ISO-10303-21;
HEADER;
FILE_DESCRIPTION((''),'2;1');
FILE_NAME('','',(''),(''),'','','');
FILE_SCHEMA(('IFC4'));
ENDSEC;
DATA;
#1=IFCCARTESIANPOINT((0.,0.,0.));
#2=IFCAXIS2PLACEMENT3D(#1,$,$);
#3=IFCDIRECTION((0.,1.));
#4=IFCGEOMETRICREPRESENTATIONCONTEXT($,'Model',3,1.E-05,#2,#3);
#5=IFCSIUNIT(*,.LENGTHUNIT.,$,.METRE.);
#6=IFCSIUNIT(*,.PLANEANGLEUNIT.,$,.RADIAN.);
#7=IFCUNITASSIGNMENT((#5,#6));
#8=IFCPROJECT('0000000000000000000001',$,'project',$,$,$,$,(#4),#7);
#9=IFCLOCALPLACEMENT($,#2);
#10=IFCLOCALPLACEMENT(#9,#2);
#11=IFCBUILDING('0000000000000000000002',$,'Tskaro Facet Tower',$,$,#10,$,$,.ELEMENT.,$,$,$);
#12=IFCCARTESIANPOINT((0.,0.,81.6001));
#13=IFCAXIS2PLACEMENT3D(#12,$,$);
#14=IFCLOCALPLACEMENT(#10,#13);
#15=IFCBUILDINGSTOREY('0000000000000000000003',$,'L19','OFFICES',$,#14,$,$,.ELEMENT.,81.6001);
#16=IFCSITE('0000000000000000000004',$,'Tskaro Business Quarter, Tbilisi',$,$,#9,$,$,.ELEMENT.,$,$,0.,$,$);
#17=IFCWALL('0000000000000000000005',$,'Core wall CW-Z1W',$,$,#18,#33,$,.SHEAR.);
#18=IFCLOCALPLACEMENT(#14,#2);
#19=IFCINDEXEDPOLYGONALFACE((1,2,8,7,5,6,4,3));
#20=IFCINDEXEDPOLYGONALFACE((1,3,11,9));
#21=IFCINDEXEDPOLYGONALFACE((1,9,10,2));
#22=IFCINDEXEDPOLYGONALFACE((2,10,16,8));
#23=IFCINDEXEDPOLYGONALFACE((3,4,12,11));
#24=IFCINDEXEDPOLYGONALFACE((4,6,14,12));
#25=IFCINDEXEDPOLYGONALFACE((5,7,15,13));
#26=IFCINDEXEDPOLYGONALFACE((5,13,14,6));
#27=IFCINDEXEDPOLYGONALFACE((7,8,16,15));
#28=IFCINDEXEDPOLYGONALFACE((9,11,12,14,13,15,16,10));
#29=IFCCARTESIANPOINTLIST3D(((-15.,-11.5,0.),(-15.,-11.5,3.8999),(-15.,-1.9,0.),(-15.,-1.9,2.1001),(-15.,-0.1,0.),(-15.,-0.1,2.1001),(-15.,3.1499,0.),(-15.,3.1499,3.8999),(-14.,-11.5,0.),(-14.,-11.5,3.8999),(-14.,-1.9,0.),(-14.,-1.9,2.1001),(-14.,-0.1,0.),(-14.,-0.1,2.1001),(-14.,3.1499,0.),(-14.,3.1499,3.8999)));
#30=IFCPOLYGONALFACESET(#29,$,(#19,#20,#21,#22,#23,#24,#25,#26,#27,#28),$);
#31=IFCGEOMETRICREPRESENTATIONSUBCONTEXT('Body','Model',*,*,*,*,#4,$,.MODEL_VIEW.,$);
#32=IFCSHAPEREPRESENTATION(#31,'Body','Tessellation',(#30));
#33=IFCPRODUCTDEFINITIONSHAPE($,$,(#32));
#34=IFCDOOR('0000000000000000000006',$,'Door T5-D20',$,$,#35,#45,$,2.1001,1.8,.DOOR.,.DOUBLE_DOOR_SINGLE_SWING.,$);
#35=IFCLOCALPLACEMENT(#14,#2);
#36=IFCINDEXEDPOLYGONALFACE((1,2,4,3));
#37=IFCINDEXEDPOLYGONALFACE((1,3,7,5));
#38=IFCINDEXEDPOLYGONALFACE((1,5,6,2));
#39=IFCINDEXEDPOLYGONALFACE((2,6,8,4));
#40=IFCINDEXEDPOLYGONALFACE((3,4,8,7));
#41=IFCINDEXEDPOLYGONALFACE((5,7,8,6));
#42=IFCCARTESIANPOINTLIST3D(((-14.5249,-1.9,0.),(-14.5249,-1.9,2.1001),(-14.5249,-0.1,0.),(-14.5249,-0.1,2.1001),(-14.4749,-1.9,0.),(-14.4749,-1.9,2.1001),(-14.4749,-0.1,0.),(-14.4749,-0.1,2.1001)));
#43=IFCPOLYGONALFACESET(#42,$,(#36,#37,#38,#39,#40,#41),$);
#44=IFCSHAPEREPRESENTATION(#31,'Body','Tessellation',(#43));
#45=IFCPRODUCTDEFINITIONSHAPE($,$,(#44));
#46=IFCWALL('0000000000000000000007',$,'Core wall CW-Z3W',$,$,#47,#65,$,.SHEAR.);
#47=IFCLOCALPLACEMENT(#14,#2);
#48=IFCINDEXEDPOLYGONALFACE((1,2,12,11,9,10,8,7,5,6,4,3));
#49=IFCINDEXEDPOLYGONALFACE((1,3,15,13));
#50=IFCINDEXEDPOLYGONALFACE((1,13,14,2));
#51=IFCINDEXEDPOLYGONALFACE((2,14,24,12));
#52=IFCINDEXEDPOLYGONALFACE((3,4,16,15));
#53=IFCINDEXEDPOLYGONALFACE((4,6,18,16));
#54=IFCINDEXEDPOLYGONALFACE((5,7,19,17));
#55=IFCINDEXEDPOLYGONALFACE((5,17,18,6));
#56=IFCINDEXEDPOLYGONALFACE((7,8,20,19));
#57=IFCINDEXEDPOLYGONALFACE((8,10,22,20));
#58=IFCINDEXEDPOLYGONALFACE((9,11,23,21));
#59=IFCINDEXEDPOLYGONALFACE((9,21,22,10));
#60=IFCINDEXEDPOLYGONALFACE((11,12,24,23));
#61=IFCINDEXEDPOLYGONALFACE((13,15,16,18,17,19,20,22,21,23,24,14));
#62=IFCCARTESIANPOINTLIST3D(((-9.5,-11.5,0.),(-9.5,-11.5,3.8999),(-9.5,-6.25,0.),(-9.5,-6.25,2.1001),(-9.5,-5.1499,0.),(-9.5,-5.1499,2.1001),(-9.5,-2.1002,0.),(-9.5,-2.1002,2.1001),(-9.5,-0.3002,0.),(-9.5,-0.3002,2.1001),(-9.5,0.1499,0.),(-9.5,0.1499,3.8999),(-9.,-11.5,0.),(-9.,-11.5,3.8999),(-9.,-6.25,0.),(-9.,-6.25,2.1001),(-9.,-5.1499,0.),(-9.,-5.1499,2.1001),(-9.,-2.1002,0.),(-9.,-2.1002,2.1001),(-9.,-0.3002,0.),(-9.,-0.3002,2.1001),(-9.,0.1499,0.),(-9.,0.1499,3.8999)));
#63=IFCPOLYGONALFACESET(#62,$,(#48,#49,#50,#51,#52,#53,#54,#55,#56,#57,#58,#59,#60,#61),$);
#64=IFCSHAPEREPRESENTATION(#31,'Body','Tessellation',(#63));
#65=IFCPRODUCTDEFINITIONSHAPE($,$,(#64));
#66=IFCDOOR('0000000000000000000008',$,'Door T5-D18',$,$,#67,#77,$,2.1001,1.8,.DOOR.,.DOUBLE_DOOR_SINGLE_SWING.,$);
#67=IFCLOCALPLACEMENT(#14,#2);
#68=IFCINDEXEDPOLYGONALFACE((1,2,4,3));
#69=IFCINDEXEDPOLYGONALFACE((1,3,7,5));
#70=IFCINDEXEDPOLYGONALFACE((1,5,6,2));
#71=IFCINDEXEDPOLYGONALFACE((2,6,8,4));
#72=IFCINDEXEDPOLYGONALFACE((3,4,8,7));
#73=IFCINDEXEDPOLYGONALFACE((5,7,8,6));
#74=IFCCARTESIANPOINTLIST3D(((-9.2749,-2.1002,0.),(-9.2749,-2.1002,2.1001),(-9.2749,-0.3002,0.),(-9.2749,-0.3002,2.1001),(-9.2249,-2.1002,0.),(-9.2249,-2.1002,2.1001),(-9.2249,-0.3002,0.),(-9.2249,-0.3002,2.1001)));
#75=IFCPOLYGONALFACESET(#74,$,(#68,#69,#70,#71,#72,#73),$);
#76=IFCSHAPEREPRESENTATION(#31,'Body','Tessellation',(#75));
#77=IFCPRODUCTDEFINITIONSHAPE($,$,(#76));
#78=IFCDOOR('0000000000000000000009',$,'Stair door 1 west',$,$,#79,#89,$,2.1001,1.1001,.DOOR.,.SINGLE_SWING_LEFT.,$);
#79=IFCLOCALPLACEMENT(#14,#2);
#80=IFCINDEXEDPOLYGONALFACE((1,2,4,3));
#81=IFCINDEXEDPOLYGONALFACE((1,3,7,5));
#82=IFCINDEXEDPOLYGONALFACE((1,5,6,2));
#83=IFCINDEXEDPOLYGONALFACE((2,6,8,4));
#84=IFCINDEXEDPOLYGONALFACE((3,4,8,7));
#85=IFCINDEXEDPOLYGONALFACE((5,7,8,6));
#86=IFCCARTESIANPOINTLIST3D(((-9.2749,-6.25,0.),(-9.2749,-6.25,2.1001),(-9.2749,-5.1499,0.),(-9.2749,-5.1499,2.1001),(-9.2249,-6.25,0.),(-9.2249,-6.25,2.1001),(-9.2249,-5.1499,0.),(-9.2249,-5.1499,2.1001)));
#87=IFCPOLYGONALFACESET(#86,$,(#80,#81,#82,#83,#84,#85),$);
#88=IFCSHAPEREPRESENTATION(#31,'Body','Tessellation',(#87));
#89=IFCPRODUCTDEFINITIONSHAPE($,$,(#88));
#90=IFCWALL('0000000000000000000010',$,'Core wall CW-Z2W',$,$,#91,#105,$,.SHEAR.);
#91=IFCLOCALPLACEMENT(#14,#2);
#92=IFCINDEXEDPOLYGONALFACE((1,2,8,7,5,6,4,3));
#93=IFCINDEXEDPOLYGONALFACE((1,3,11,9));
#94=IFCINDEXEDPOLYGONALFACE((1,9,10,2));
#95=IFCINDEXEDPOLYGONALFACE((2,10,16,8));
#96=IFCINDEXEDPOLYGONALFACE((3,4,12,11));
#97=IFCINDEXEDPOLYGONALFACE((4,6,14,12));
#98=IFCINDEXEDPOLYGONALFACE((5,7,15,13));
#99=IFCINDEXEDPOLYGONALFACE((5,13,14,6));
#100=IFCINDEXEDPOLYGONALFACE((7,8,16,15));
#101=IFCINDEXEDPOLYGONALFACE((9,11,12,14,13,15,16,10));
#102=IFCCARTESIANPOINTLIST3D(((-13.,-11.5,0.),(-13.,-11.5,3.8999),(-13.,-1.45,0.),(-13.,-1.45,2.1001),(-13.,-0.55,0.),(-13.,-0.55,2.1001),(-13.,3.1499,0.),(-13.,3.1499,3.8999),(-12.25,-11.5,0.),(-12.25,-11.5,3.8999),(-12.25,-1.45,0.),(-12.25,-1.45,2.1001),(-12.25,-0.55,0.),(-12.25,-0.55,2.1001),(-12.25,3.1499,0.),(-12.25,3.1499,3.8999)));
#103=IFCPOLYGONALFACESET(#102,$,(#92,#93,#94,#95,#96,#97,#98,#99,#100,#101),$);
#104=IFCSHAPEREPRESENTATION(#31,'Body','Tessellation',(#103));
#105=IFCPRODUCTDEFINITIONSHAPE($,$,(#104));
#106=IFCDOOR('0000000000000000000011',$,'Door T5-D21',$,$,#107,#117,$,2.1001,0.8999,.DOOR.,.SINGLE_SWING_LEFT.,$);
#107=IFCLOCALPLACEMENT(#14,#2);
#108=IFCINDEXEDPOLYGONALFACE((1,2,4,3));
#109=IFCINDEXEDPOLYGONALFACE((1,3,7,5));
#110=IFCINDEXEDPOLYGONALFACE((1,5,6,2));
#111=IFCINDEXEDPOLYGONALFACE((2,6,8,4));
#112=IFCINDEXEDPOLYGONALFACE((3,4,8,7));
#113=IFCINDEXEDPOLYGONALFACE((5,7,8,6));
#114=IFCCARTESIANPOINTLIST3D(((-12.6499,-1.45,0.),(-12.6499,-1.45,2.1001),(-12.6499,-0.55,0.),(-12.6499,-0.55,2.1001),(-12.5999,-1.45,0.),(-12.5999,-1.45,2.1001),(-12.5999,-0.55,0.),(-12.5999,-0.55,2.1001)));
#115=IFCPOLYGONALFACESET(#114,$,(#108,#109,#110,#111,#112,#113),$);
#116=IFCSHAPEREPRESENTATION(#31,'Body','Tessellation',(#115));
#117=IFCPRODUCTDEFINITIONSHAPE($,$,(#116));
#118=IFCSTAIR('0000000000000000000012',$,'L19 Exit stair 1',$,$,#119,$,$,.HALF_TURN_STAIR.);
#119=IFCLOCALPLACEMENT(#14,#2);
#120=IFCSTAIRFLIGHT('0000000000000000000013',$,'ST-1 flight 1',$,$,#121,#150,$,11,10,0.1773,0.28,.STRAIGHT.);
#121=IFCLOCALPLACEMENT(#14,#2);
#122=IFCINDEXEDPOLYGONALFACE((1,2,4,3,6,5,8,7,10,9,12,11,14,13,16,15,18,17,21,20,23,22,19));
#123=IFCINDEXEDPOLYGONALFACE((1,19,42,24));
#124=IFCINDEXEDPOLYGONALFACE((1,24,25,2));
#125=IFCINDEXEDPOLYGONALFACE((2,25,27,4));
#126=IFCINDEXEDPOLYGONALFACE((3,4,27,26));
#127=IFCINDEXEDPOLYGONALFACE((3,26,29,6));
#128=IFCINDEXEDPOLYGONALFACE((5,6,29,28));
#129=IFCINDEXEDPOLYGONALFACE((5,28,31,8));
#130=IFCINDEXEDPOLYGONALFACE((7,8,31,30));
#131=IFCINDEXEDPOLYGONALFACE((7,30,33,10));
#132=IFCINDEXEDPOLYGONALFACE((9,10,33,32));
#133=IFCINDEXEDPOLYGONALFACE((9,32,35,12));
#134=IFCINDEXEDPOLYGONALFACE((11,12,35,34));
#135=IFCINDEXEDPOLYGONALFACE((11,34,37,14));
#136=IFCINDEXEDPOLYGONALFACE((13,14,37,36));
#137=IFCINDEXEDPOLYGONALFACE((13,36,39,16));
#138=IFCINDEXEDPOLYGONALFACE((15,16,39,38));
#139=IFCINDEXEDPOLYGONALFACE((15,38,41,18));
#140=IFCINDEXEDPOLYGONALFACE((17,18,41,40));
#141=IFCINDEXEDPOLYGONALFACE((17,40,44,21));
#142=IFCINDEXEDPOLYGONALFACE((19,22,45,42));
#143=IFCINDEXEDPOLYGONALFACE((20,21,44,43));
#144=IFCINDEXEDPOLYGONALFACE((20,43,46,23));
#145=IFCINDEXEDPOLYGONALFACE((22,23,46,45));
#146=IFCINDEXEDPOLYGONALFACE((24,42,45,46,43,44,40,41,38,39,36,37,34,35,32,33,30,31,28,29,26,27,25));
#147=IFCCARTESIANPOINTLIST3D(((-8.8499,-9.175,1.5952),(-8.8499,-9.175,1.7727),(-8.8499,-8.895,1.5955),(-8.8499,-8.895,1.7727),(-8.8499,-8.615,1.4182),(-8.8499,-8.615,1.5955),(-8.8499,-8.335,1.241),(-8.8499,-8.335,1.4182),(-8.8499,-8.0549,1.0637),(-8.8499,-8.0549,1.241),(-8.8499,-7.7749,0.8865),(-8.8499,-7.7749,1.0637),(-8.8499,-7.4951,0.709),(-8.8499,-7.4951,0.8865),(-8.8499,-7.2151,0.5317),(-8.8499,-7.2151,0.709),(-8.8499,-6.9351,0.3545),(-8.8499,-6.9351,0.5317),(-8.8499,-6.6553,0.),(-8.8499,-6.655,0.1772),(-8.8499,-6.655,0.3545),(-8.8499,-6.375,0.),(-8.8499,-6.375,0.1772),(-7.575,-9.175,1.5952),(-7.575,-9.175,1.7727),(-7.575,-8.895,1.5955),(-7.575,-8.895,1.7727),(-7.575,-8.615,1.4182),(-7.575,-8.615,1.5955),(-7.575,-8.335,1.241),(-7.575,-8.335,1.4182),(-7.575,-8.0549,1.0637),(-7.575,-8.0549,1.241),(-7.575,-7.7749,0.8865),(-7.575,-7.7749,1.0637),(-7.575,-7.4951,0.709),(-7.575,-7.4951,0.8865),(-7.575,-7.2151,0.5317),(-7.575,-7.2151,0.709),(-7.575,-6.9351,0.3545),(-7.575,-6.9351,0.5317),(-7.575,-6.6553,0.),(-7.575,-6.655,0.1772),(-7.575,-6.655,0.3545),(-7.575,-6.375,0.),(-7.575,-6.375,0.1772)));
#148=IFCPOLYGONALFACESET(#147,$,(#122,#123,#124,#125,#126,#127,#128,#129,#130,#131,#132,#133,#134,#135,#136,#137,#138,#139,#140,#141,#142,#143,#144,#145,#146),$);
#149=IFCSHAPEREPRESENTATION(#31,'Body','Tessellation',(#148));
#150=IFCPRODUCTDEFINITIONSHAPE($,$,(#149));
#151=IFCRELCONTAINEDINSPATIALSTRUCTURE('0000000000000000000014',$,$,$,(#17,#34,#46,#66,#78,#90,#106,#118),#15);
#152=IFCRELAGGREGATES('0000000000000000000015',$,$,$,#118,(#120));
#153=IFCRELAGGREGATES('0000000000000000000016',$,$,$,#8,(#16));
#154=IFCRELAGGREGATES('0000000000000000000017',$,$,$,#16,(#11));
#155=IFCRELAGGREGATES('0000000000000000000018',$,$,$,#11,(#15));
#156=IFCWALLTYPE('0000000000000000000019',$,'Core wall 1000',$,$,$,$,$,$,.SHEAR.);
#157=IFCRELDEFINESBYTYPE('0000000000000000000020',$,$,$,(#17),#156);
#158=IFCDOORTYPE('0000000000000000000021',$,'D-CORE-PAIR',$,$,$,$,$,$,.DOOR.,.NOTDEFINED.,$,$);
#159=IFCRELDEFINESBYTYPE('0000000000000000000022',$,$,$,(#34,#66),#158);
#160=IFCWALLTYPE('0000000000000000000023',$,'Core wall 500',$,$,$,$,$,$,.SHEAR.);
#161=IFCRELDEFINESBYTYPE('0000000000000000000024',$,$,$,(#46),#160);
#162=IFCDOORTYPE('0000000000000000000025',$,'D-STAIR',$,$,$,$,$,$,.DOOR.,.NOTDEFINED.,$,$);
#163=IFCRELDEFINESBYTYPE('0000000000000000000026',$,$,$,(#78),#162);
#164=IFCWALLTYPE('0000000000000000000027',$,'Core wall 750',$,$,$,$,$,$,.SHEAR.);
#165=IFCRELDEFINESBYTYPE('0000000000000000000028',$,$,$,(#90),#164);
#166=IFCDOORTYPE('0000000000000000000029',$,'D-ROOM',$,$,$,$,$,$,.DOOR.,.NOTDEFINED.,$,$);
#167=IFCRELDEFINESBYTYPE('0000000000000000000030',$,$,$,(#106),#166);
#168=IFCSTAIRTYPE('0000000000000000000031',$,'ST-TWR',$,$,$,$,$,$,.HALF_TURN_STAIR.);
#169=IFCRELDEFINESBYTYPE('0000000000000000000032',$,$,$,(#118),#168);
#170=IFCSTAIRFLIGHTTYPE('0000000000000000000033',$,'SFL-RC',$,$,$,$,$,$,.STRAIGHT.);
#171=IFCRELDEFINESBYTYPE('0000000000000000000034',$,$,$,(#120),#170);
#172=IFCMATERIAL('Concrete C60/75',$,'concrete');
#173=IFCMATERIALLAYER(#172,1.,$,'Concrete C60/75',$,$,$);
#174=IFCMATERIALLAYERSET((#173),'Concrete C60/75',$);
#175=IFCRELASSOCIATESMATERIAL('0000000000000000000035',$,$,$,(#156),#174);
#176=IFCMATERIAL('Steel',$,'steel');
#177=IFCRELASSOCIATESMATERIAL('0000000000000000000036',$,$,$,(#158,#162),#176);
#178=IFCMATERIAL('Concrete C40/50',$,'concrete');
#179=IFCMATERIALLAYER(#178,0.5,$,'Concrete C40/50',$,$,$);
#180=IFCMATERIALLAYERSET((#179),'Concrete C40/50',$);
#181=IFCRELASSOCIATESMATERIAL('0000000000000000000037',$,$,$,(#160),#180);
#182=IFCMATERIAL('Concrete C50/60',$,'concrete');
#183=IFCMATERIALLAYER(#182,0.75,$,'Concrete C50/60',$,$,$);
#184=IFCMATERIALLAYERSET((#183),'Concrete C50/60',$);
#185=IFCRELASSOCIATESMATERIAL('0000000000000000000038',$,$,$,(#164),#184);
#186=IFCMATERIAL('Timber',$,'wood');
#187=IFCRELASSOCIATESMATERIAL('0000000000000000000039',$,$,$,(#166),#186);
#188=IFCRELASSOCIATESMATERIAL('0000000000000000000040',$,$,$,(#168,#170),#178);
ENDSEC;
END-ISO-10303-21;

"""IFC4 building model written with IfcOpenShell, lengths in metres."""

from ifc_helpers import new_model, si_unit, direction, frame, frame_2d, origin, place, context, subcontext, project, spatial, polyline, rectangle, outline, extrude, material, layer, layer_set, type_object, element, fill, aggregate, save


model = new_model("IFC4")

# Units and contexts
model_context = context("Model", 3, precision=1e-05, world=origin(), true_north=direction((0.0, 1.0)))
body_context = subcontext(model_context, "Body", "Model", "MODEL_VIEW")
ifc_project = project(units=[si_unit("LENGTHUNIT", "METRE"), si_unit("PLANEANGLEUNIT", "RADIAN")], contexts=[model_context])

# Site, building, storey
site_placement = place(None, origin())
site = spatial("IfcSite", under=ifc_project, at=site_placement, Name="Tskaro Business Quarter, Tbilisi", CompositionType="ELEMENT", RefElevation=0.0)
building_placement = place(site_placement, origin())
building = spatial("IfcBuilding", under=site, at=building_placement, Name="Tskaro Facet Tower", CompositionType="ELEMENT")
storey_placement = place(building_placement, frame((0.0, 0.0, 81.6001)))
storey = spatial("IfcBuildingStorey", under=building, at=storey_placement, Name="L19", Description="OFFICES", CompositionType="ELEMENT", Elevation=81.6001)

# Shared definitions
ifc_material_1 = material(Name="Concrete C60/75", Category="concrete")

# Shared definitions
ifc_layer_1 = layer(ifc_material_1, 1.0, Name="Concrete C60/75")
ifc_layer_set_1 = layer_set([ifc_layer_1], Name="Concrete C60/75")
wall_type_1 = type_object("IfcWallType", Name="Core wall 1000", PredefinedType="SHEAR", material=ifc_layer_set_1)

# Wall, opening, door
wall_1_placement = place(storey_placement, frame((-14.5, -11.5, 0.0), z_axis=(0.0, 0.0, 1.0), x_axis=(0.0, 1.0, 0.0)))
wall_1 = element("IfcWall", 1, at=wall_1_placement, inside=storey, type_object=wall_type_1, Name="Core wall CW-Z1W", PredefinedType="SHEAR", context=body_context, shape_type="SweptSolid", body=[
    extrude(rectangle(XDim=14.6499, YDim=1.0, at=frame_2d((7.325, 0.0))), origin(), (0.0, 0.0, 1.0), 3.8999),
])
opening_1_placement = place(wall_1_placement, frame((9.6001, 0.0, 0.0)))
opening_1 = element("IfcOpeningElement", 2, at=opening_1_placement, cuts=wall_1, PredefinedType="OPENING", context=body_context, shape_type="SweptSolid", body=[
    extrude(rectangle(XDim=1.8, YDim=2.1001, at=frame_2d((0.8999, 1.05))), frame((0.0, 0.51, 0.0), z_axis=(0.0, -1.0, 0.0), x_axis=(1.0, 0.0, 0.0)), (0.0, 0.0, 1.0), 1.02),
])
ifc_material_2 = material(Name="Steel", Category="steel")
door_type_1 = type_object("IfcDoorType", Name="D-CORE-PAIR", OperationType="NOTDEFINED", PredefinedType="DOOR", material=ifc_material_2)
door_1_placement = place(opening_1_placement, origin())
door_1 = element("IfcDoor", 3, at=door_1_placement, inside=storey, type_object=door_type_1, Name="Door T5-D20", OperationType="DOUBLE_DOOR_SINGLE_SWING", OverallHeight=2.1001, OverallWidth=1.8, PredefinedType="DOOR", context=body_context, shape_type="SweptSolid", body=[
    extrude(rectangle(XDim=1.8, YDim=2.1001, at=frame_2d((0.8999, 1.05))), frame((0.0, 0.0249, 0.0), z_axis=(0.0, -1.0, 0.0), x_axis=(1.0, 0.0, 0.0)), (0.0, 0.0, 1.0), 0.05),
])
fill(opening_1, door_1)

# Wall, openings, doors
ifc_material_3 = material(Name="Concrete C40/50", Category="concrete")
ifc_layer_2 = layer(ifc_material_3, 0.5, Name="Concrete C40/50")
ifc_layer_set_2 = layer_set([ifc_layer_2], Name="Concrete C40/50")
wall_type_2 = type_object("IfcWallType", Name="Core wall 500", PredefinedType="SHEAR", material=ifc_layer_set_2)
wall_2_placement = place(storey_placement, frame((-9.25, -11.5, 0.0), z_axis=(0.0, 0.0, 1.0), x_axis=(0.0, 1.0, 0.0)))
wall_2 = element("IfcWall", 4, at=wall_2_placement, inside=storey, type_object=wall_type_2, Name="Core wall CW-Z3W", PredefinedType="SHEAR", context=body_context, shape_type="SweptSolid", body=[
    extrude(rectangle(XDim=11.6499, YDim=0.5, at=frame_2d((5.825, 0.0))), origin(), (0.0, 0.0, 1.0), 3.8999),
])
opening_2_placement = place(wall_2_placement, frame((9.3999, 0.0, 0.0)))
opening_2 = element("IfcOpeningElement", 5, at=opening_2_placement, cuts=wall_2, PredefinedType="OPENING", context=body_context, shape_type="SweptSolid", body=[
    extrude(rectangle(XDim=1.8, YDim=2.1001, at=frame_2d((0.8999, 1.05))), frame((0.0, 0.26, 0.0), z_axis=(0.0, -1.0, 0.0), x_axis=(1.0, 0.0, 0.0)), (0.0, 0.0, 1.0), 0.52),
])
opening_3_placement = place(wall_2_placement, frame((5.25, 0.0, 0.0)))
opening_3 = element("IfcOpeningElement", 6, at=opening_3_placement, cuts=wall_2, PredefinedType="OPENING", context=body_context, shape_type="SweptSolid", body=[
    extrude(rectangle(XDim=1.1001, YDim=2.1001, at=frame_2d((0.55, 1.05))), frame((0.0, 0.26, 0.0), z_axis=(0.0, -1.0, 0.0), x_axis=(1.0, 0.0, 0.0)), (0.0, 0.0, 1.0), 0.52),
])
door_2_placement = place(opening_2_placement, origin())
door_2 = element("IfcDoor", 7, at=door_2_placement, inside=storey, type_object=door_type_1, Name="Door T5-D18", OperationType="DOUBLE_DOOR_SINGLE_SWING", OverallHeight=2.1001, OverallWidth=1.8, PredefinedType="DOOR", context=body_context, shape_type="SweptSolid", body=[
    extrude(rectangle(XDim=1.8, YDim=2.1001, at=frame_2d((0.8999, 1.05))), frame((0.0, 0.0249, 0.0), z_axis=(0.0, -1.0, 0.0), x_axis=(1.0, 0.0, 0.0)), (0.0, 0.0, 1.0), 0.05),
])
fill(opening_2, door_2)
door_type_2 = type_object("IfcDoorType", Name="D-STAIR", OperationType="NOTDEFINED", PredefinedType="DOOR", material=ifc_material_2)
door_3_placement = place(opening_3_placement, origin())
door_3 = element("IfcDoor", 8, at=door_3_placement, inside=storey, type_object=door_type_2, Name="Stair door 1 west", OperationType="SINGLE_SWING_LEFT", OverallHeight=2.1001, OverallWidth=1.1001, PredefinedType="DOOR", context=body_context, shape_type="SweptSolid", body=[
    extrude(rectangle(XDim=1.1001, YDim=2.1001, at=frame_2d((0.55, 1.05))), frame((0.0, 0.0249, 0.0), z_axis=(0.0, -1.0, 0.0), x_axis=(1.0, 0.0, 0.0)), (0.0, 0.0, 1.0), 0.05),
])
fill(opening_3, door_3)

# Wall, opening, door
ifc_material_4 = material(Name="Concrete C50/60", Category="concrete")
ifc_layer_3 = layer(ifc_material_4, 0.75, Name="Concrete C50/60")
ifc_layer_set_3 = layer_set([ifc_layer_3], Name="Concrete C50/60")
wall_type_3 = type_object("IfcWallType", Name="Core wall 750", PredefinedType="SHEAR", material=ifc_layer_set_3)
wall_3_placement = place(storey_placement, frame((-12.625, -11.5, 0.0), z_axis=(0.0, 0.0, 1.0), x_axis=(0.0, 1.0, 0.0)))
wall_3 = element("IfcWall", 9, at=wall_3_placement, inside=storey, type_object=wall_type_3, Name="Core wall CW-Z2W", PredefinedType="SHEAR", context=body_context, shape_type="SweptSolid", body=[
    extrude(rectangle(XDim=14.6499, YDim=0.75, at=frame_2d((7.325, 0.0))), origin(), (0.0, 0.0, 1.0), 3.8999),
])
opening_4_placement = place(wall_3_placement, frame((10.05, 0.0, 0.0)))
opening_4 = element("IfcOpeningElement", 10, at=opening_4_placement, cuts=wall_3, PredefinedType="OPENING", context=body_context, shape_type="SweptSolid", body=[
    extrude(rectangle(XDim=0.8999, YDim=2.1001, at=frame_2d((0.45, 1.05))), frame((0.0, 0.385, 0.0), z_axis=(0.0, -1.0, 0.0), x_axis=(1.0, 0.0, 0.0)), (0.0, 0.0, 1.0), 0.77),
])
ifc_material_5 = material(Name="Timber", Category="wood")
door_type_3 = type_object("IfcDoorType", Name="D-ROOM", OperationType="NOTDEFINED", PredefinedType="DOOR", material=ifc_material_5)
door_4_placement = place(opening_4_placement, origin())
door_4 = element("IfcDoor", 11, at=door_4_placement, inside=storey, type_object=door_type_3, Name="Door T5-D21", OperationType="SINGLE_SWING_LEFT", OverallHeight=2.1001, OverallWidth=0.8999, PredefinedType="DOOR", context=body_context, shape_type="SweptSolid", body=[
    extrude(rectangle(XDim=0.8999, YDim=2.1001, at=frame_2d((0.45, 1.05))), frame((0.0, 0.0249, 0.0), z_axis=(0.0, -1.0, 0.0), x_axis=(1.0, 0.0, 0.0)), (0.0, 0.0, 1.0), 0.05),
])
fill(opening_4, door_4)

# Stair, stair flight
stair_type = type_object("IfcStairType", Name="ST-TWR", PredefinedType="HALF_TURN_STAIR", material=ifc_material_3)
stair_placement = place(storey_placement, origin())
stair = element("IfcStair", 12, at=stair_placement, inside=storey, type_object=stair_type, Name="L19 Exit stair 1", PredefinedType="HALF_TURN_STAIR")
stair_flight_type = type_object("IfcStairFlightType", Name="SFL-RC", PredefinedType="STRAIGHT", material=ifc_material_3)
stair_flight_placement = place(storey_placement, frame((-8.2124, -6.375, 0.0), z_axis=(0.0, 0.0, 1.0), x_axis=(0.0, -1.0, 0.0)))
stair_flight = element("IfcStairFlight", 13, at=stair_flight_placement, type_object=stair_flight_type, Name="ST-1 flight 1", NumberOfRisers=11, NumberOfTreads=10, PredefinedType="STRAIGHT", RiserHeight=0.1773, TreadLength=0.28, context=body_context, shape_type="SweptSolid", body=[
    extrude(outline(polyline([(0.0, 0.0), (0.0, 0.1772), (0.28, 0.1772), (0.28, 0.3545), (0.5601, 0.3545), (0.5601, 0.5317), (0.8401, 0.5317), (0.8401, 0.709), (1.1201, 0.709), (1.1201, 0.8865), (1.3999, 0.8865), (1.3999, 1.0637), (1.6799, 1.0637), (1.6799, 1.241), (1.96, 1.241), (1.96, 1.4182), (2.24, 1.4182), (2.24, 1.5955), (2.52, 1.5955), (2.52, 1.7727), (2.8, 1.7727), (2.8, 1.95), (2.8, 1.5952), (0.2803, 0.0), (0.0, 0.0)])), frame((0.0, 0.6375, 0.0), z_axis=(0.0, -1.0, 0.0), x_axis=(1.0, 0.0, 0.0)), (0.0, 0.0, 1.0), 1.2749),
])
aggregate(stair, [stair_flight])

save(model, "model.ifc")
